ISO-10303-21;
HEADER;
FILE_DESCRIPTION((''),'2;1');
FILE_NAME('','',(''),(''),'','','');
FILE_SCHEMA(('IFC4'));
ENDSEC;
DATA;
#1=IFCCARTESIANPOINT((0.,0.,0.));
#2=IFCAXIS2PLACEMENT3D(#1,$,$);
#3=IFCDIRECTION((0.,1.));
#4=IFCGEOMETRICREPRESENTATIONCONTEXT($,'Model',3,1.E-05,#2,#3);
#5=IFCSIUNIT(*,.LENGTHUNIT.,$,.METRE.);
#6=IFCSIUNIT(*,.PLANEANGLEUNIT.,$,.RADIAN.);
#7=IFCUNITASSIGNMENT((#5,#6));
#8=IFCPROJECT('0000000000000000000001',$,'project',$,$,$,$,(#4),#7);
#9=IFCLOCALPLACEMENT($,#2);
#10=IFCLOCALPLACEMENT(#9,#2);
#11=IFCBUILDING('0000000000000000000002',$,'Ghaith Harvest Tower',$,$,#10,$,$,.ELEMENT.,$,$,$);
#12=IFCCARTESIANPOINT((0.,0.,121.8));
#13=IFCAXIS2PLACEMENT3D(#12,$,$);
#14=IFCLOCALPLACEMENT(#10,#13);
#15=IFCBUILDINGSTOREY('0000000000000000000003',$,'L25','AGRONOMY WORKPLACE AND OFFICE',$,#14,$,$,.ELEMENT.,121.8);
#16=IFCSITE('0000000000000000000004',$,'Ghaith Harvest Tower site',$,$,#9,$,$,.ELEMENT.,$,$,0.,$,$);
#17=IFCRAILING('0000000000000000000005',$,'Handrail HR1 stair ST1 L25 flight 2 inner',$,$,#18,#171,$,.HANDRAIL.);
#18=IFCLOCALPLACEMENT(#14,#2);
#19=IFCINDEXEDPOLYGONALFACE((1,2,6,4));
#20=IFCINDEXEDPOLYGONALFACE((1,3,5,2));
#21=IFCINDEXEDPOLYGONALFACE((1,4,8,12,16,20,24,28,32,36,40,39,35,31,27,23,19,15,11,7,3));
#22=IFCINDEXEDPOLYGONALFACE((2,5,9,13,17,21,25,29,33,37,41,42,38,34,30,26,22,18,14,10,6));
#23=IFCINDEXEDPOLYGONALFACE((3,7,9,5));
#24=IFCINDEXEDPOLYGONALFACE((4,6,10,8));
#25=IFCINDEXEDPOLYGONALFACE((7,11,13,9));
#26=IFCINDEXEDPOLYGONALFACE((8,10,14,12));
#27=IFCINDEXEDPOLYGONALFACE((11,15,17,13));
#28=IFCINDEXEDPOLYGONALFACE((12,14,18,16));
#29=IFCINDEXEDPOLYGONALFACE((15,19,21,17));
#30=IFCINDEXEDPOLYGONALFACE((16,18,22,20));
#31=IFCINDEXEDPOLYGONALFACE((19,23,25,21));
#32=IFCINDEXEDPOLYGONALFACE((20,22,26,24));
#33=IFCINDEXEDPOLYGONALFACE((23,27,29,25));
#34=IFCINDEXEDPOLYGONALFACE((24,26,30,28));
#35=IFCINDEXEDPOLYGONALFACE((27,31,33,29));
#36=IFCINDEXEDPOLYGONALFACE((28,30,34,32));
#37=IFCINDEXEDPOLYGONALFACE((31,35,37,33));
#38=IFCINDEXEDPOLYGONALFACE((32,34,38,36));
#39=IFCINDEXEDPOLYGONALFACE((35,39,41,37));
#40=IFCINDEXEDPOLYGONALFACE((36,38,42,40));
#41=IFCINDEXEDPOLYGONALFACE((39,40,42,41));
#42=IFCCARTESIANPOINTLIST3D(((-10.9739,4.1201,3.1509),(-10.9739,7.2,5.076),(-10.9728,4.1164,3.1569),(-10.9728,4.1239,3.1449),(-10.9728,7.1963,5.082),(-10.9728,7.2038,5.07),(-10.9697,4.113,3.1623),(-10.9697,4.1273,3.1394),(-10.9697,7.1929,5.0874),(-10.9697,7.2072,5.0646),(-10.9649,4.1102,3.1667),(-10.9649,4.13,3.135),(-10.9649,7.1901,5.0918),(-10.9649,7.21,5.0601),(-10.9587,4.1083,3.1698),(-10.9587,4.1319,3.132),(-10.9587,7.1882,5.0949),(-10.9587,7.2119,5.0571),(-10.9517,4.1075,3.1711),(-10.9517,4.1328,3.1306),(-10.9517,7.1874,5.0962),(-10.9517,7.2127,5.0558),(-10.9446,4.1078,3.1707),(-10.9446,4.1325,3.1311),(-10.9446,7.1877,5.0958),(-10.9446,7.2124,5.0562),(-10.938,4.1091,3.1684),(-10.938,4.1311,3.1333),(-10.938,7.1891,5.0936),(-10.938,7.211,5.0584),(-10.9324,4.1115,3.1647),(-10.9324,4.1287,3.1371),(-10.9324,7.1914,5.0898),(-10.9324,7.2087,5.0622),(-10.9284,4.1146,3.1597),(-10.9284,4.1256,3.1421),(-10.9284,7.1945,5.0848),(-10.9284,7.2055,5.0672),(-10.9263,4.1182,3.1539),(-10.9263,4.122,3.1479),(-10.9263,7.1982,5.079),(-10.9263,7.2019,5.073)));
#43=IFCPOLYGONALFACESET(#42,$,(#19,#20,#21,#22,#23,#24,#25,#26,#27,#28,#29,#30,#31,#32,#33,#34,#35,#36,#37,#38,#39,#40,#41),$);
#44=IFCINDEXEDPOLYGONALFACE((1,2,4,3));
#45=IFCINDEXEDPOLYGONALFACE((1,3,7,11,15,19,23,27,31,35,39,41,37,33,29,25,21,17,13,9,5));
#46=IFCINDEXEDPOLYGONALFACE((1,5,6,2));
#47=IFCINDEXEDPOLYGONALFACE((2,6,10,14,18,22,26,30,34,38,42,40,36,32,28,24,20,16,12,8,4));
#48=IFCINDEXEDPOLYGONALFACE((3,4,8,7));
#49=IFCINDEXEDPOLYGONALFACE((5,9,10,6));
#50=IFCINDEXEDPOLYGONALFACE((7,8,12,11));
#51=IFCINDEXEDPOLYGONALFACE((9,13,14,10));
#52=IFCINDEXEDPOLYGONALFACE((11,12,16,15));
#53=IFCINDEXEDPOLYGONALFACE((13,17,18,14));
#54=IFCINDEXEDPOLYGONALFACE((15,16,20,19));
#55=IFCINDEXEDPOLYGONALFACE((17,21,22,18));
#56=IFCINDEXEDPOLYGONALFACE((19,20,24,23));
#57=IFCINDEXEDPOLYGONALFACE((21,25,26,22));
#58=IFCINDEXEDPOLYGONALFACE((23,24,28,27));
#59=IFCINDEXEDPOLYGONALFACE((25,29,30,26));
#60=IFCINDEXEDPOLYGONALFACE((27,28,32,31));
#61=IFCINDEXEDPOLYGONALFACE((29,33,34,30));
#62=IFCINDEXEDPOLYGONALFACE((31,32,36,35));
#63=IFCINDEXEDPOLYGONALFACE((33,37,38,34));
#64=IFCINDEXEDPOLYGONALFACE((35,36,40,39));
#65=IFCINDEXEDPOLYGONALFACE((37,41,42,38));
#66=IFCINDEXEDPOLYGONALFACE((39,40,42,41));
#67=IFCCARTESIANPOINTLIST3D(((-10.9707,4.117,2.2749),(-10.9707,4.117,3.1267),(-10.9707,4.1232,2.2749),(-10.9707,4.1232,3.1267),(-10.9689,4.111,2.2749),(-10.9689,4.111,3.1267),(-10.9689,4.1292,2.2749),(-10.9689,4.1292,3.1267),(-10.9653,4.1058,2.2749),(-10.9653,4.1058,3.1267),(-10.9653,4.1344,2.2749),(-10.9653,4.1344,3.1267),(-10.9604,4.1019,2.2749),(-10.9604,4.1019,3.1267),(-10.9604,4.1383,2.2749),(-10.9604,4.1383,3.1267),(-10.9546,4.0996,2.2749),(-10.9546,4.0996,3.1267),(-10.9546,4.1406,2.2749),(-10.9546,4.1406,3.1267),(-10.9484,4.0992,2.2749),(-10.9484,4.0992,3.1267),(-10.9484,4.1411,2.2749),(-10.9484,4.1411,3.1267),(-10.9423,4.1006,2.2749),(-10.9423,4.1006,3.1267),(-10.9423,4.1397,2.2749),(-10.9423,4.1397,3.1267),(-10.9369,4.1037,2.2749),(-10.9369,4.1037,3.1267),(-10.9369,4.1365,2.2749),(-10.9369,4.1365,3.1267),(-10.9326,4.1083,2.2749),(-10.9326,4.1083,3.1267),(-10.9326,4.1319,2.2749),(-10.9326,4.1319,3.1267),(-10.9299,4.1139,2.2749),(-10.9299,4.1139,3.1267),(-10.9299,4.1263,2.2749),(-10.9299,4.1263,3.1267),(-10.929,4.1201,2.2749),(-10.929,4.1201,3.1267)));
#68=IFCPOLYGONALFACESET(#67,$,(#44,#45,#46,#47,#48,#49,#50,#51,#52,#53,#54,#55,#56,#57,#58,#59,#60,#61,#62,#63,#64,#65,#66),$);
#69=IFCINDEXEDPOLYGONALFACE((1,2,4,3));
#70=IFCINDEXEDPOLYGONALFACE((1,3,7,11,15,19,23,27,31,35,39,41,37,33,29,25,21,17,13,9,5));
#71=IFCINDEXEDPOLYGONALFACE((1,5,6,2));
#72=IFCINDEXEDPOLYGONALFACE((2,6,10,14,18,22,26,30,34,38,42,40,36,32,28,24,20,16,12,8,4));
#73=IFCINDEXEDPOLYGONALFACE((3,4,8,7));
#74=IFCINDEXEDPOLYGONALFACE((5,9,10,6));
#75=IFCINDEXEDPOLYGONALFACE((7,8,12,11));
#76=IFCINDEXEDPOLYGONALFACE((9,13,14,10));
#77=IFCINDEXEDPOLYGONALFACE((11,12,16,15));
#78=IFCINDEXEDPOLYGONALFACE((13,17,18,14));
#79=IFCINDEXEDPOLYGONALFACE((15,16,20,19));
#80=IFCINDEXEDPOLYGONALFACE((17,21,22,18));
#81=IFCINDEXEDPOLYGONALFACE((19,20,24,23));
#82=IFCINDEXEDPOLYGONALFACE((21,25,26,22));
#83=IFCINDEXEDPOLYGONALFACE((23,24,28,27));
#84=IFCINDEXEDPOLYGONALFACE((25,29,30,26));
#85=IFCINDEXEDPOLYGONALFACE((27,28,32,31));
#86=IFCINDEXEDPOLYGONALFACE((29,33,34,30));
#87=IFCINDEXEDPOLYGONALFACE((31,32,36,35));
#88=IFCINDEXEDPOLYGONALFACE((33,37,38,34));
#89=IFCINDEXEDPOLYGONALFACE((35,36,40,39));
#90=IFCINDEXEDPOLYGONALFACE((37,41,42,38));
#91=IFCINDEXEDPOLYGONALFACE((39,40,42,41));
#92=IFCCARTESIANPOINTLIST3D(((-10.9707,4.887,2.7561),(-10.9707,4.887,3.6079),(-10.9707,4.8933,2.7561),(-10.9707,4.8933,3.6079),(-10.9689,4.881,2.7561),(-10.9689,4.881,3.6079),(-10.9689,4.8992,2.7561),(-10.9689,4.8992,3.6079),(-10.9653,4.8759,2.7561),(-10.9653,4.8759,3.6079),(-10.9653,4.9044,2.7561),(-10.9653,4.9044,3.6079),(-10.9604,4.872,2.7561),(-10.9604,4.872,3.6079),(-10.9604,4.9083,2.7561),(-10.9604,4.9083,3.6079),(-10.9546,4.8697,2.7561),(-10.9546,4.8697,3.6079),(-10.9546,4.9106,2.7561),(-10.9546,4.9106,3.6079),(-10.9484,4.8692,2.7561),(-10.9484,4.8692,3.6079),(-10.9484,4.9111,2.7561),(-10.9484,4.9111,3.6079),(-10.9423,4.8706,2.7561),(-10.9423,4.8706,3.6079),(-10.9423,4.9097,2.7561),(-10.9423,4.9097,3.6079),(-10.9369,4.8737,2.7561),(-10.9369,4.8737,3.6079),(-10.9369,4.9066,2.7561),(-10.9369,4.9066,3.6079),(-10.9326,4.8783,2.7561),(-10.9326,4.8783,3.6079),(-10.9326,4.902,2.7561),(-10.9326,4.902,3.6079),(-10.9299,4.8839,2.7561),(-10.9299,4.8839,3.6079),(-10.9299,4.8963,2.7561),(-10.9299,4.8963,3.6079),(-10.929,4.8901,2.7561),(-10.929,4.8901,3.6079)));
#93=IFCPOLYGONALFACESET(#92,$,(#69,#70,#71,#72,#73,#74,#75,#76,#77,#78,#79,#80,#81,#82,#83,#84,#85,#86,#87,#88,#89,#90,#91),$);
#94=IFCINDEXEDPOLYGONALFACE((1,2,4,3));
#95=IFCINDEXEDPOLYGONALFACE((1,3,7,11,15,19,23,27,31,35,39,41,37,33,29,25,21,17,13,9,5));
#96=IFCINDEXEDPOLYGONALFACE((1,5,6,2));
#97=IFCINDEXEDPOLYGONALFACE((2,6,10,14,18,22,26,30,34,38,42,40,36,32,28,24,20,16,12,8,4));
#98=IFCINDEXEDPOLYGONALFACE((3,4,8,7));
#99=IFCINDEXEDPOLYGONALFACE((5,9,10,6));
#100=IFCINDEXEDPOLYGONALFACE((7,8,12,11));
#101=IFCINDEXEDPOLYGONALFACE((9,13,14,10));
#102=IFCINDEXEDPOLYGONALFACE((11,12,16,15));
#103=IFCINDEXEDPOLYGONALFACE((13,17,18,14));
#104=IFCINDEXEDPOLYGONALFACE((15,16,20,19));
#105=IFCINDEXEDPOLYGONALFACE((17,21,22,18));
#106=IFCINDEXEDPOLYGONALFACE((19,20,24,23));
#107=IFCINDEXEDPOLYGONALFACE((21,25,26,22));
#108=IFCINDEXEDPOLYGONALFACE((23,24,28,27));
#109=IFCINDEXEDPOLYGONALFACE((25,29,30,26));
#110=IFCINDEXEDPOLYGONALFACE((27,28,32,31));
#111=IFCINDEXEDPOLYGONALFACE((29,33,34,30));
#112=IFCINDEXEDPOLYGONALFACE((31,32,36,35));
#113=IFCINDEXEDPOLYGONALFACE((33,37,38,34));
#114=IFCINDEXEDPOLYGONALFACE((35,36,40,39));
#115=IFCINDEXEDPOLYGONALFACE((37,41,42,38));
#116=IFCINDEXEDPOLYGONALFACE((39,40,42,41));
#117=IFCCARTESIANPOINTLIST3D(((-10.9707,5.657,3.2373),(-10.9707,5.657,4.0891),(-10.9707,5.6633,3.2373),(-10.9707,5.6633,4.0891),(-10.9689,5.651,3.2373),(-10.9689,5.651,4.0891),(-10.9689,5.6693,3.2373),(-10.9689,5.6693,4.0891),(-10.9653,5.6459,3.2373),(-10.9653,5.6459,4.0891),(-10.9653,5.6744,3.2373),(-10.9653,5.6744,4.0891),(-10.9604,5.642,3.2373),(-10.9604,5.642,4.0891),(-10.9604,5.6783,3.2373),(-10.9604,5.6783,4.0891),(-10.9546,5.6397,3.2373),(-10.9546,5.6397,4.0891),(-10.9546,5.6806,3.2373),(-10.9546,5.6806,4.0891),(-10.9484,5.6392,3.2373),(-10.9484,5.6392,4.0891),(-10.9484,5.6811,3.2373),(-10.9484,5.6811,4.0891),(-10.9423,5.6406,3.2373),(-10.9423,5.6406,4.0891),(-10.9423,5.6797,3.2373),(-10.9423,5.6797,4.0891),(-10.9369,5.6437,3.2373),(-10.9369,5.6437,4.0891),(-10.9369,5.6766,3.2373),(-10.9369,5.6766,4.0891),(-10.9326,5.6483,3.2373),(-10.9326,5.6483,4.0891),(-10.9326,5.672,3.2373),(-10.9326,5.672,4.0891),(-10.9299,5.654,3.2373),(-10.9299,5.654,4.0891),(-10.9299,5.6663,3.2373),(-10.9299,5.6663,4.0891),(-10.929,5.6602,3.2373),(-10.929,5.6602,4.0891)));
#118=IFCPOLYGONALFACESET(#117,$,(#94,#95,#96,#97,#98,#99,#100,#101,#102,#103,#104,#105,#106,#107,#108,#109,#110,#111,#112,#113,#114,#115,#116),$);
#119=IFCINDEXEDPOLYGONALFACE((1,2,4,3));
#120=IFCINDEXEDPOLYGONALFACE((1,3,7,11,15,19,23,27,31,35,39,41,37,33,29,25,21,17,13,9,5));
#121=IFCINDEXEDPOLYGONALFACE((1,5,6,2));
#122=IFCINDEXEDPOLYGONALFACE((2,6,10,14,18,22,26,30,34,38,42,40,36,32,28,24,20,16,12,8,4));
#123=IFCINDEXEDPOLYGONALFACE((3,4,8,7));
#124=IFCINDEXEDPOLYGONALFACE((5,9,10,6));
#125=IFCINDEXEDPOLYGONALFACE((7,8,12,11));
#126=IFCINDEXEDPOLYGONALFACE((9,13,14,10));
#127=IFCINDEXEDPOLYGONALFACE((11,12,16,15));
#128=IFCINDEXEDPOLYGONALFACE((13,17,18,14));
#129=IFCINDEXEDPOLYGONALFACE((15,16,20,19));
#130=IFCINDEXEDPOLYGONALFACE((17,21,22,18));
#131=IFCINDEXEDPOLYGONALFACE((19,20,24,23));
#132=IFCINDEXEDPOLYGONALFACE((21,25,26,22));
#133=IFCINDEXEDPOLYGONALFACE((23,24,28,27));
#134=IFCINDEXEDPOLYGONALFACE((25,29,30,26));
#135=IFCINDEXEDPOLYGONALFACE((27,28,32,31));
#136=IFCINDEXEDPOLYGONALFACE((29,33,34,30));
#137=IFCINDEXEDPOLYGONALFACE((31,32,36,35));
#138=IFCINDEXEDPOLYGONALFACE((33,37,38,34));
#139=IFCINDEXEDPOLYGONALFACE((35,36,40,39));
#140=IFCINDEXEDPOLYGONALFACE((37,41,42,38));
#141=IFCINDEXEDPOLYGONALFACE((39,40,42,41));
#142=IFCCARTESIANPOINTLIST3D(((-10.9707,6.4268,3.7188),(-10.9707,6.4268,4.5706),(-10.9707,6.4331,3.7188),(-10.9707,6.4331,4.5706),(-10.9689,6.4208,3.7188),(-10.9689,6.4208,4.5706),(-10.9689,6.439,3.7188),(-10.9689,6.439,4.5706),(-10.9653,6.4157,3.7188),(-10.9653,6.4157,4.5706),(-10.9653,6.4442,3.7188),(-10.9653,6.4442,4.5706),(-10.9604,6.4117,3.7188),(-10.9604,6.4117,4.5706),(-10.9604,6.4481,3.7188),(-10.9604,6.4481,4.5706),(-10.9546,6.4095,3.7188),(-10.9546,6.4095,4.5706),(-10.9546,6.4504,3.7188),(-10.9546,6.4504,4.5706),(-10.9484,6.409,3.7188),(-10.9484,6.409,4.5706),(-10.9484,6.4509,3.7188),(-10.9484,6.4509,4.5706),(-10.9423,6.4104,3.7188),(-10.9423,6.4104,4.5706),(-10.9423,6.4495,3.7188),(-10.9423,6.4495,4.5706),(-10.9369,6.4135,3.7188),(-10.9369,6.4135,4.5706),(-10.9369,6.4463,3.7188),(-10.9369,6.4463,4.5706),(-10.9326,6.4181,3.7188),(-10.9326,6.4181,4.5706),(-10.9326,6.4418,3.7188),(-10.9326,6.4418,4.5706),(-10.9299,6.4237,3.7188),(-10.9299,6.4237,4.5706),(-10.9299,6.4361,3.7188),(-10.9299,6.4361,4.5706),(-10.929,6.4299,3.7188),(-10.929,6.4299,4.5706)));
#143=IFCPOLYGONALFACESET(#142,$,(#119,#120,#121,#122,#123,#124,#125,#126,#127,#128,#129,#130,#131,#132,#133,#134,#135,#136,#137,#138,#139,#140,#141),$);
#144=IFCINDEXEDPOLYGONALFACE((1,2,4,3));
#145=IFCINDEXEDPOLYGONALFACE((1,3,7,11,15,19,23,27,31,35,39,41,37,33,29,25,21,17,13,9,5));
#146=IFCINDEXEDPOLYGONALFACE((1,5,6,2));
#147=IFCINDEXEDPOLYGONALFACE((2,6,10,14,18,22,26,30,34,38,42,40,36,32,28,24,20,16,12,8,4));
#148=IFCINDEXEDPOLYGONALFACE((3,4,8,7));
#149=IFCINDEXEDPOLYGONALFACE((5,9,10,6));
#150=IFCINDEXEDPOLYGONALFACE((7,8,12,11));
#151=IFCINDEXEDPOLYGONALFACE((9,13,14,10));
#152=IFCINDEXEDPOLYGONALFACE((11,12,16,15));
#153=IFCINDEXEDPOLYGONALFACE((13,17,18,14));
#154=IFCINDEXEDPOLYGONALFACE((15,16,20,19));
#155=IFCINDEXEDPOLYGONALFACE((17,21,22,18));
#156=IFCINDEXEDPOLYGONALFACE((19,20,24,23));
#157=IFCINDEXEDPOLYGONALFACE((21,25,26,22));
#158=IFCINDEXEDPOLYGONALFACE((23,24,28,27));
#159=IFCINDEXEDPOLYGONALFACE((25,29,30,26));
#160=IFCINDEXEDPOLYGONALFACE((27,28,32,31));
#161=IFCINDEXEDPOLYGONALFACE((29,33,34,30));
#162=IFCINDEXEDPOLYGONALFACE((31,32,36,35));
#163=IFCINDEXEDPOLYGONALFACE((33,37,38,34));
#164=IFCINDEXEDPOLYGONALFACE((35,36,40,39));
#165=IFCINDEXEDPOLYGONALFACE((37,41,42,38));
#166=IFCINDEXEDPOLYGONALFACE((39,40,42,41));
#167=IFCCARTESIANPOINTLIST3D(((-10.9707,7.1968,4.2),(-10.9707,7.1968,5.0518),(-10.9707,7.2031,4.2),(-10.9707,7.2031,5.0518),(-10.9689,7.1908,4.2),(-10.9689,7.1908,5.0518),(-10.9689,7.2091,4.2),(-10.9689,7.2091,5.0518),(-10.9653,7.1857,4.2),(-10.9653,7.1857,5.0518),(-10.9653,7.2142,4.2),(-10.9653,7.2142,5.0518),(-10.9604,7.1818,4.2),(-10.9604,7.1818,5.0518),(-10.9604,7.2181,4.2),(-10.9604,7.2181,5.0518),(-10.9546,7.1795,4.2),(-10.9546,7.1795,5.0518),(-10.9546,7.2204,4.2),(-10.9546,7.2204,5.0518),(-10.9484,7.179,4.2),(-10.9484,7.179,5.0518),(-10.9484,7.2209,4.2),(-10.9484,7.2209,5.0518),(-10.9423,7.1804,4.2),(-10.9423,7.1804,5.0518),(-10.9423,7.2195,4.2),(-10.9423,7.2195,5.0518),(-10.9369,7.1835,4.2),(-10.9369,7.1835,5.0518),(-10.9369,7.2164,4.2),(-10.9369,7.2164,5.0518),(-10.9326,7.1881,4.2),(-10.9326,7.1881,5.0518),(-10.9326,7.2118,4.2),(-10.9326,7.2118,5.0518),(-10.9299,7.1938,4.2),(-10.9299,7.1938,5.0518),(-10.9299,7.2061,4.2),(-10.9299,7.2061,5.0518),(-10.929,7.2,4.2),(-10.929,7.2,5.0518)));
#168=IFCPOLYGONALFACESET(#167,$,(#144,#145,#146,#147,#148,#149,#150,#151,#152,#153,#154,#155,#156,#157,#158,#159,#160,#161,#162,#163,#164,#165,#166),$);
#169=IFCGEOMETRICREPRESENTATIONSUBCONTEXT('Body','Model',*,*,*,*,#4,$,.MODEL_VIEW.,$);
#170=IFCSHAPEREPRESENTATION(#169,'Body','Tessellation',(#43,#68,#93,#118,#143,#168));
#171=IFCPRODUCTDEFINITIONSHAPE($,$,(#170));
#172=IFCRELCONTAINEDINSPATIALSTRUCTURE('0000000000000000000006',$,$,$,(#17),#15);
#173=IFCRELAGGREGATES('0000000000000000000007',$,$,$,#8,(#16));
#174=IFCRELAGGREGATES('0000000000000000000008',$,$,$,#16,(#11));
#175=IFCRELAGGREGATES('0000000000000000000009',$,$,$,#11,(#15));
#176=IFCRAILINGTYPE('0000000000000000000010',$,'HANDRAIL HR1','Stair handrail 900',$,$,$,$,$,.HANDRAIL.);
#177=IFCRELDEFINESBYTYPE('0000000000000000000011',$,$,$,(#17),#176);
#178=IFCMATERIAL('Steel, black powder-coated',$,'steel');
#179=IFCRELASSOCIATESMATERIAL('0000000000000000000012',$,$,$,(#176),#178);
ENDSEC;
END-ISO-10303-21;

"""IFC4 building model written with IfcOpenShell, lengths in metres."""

from ifc_helpers import new_model, si_unit, direction, frame, origin, origin_2d, place, context, subcontext, project, spatial, circle, extrude, material, type_object, element, save


model = new_model("IFC4")

# Units and contexts
model_context = context("Model", 3, precision=1e-05, world=origin(), true_north=direction((0.0, 1.0)))
body_context = subcontext(model_context, "Body", "Model", "MODEL_VIEW")
ifc_project = project(units=[si_unit("LENGTHUNIT", "METRE"), si_unit("PLANEANGLEUNIT", "RADIAN")], contexts=[model_context])

# Site, building, storey
site_placement = place(None, origin())
site = spatial("IfcSite", under=ifc_project, at=site_placement, Name="Ghaith Harvest Tower site", CompositionType="ELEMENT", RefElevation=0.0)
building_placement = place(site_placement, origin())
building = spatial("IfcBuilding", under=site, at=building_placement, Name="Ghaith Harvest Tower", CompositionType="ELEMENT")
storey_placement = place(building_placement, frame((0.0, 0.0, 121.8)))
storey = spatial("IfcBuildingStorey", under=building, at=storey_placement, Name="L25", Description="AGRONOMY WORKPLACE AND OFFICE", CompositionType="ELEMENT", Elevation=121.8)

# Railing
ifc_material_1 = material(Name="Steel, black powder-coated", Category="steel")
railing_type = type_object("IfcRailingType", Name="HANDRAIL HR1", Description="Stair handrail 900", PredefinedType="HANDRAIL", material=ifc_material_1)
railing_1_placement = place(storey_placement, frame((-10.95, 4.1201, 2.2749)))
element("IfcRailing", 1, at=railing_1_placement, inside=storey, type_object=railing_type, Name="Handrail HR1 stair ST1 L25 flight 2 inner", PredefinedType="HANDRAIL", context=body_context, shape_type="SweptSolid", body=[
    extrude(circle(Radius=0.0239, at=origin_2d()), frame((0.0, 0.0, 0.876), z_axis=(0.0, 0.847979, 0.530029), x_axis=(-1.0, 0.0, 0.0)), (0.0, 0.0, 1.0), 3.6321),
    extrude(circle(Radius=0.021, at=origin_2d()), origin(), (0.0, 0.0, 1.0), 0.8518),
    extrude(circle(Radius=0.021, at=origin_2d()), frame((0.0, 0.77, 0.4812)), (0.0, 0.0, 1.0), 0.8518),
    extrude(circle(Radius=0.021, at=origin_2d()), frame((0.0, 1.54, 0.9624)), (0.0, 0.0, 1.0), 0.8518),
    extrude(circle(Radius=0.021, at=origin_2d()), frame((0.0, 2.3098, 1.4438)), (0.0, 0.0, 1.0), 0.8518),
    extrude(circle(Radius=0.021, at=origin_2d()), frame((0.0, 3.0798, 1.925)), (0.0, 0.0, 1.0), 0.8518),
])

save(model, "model.ifc")
